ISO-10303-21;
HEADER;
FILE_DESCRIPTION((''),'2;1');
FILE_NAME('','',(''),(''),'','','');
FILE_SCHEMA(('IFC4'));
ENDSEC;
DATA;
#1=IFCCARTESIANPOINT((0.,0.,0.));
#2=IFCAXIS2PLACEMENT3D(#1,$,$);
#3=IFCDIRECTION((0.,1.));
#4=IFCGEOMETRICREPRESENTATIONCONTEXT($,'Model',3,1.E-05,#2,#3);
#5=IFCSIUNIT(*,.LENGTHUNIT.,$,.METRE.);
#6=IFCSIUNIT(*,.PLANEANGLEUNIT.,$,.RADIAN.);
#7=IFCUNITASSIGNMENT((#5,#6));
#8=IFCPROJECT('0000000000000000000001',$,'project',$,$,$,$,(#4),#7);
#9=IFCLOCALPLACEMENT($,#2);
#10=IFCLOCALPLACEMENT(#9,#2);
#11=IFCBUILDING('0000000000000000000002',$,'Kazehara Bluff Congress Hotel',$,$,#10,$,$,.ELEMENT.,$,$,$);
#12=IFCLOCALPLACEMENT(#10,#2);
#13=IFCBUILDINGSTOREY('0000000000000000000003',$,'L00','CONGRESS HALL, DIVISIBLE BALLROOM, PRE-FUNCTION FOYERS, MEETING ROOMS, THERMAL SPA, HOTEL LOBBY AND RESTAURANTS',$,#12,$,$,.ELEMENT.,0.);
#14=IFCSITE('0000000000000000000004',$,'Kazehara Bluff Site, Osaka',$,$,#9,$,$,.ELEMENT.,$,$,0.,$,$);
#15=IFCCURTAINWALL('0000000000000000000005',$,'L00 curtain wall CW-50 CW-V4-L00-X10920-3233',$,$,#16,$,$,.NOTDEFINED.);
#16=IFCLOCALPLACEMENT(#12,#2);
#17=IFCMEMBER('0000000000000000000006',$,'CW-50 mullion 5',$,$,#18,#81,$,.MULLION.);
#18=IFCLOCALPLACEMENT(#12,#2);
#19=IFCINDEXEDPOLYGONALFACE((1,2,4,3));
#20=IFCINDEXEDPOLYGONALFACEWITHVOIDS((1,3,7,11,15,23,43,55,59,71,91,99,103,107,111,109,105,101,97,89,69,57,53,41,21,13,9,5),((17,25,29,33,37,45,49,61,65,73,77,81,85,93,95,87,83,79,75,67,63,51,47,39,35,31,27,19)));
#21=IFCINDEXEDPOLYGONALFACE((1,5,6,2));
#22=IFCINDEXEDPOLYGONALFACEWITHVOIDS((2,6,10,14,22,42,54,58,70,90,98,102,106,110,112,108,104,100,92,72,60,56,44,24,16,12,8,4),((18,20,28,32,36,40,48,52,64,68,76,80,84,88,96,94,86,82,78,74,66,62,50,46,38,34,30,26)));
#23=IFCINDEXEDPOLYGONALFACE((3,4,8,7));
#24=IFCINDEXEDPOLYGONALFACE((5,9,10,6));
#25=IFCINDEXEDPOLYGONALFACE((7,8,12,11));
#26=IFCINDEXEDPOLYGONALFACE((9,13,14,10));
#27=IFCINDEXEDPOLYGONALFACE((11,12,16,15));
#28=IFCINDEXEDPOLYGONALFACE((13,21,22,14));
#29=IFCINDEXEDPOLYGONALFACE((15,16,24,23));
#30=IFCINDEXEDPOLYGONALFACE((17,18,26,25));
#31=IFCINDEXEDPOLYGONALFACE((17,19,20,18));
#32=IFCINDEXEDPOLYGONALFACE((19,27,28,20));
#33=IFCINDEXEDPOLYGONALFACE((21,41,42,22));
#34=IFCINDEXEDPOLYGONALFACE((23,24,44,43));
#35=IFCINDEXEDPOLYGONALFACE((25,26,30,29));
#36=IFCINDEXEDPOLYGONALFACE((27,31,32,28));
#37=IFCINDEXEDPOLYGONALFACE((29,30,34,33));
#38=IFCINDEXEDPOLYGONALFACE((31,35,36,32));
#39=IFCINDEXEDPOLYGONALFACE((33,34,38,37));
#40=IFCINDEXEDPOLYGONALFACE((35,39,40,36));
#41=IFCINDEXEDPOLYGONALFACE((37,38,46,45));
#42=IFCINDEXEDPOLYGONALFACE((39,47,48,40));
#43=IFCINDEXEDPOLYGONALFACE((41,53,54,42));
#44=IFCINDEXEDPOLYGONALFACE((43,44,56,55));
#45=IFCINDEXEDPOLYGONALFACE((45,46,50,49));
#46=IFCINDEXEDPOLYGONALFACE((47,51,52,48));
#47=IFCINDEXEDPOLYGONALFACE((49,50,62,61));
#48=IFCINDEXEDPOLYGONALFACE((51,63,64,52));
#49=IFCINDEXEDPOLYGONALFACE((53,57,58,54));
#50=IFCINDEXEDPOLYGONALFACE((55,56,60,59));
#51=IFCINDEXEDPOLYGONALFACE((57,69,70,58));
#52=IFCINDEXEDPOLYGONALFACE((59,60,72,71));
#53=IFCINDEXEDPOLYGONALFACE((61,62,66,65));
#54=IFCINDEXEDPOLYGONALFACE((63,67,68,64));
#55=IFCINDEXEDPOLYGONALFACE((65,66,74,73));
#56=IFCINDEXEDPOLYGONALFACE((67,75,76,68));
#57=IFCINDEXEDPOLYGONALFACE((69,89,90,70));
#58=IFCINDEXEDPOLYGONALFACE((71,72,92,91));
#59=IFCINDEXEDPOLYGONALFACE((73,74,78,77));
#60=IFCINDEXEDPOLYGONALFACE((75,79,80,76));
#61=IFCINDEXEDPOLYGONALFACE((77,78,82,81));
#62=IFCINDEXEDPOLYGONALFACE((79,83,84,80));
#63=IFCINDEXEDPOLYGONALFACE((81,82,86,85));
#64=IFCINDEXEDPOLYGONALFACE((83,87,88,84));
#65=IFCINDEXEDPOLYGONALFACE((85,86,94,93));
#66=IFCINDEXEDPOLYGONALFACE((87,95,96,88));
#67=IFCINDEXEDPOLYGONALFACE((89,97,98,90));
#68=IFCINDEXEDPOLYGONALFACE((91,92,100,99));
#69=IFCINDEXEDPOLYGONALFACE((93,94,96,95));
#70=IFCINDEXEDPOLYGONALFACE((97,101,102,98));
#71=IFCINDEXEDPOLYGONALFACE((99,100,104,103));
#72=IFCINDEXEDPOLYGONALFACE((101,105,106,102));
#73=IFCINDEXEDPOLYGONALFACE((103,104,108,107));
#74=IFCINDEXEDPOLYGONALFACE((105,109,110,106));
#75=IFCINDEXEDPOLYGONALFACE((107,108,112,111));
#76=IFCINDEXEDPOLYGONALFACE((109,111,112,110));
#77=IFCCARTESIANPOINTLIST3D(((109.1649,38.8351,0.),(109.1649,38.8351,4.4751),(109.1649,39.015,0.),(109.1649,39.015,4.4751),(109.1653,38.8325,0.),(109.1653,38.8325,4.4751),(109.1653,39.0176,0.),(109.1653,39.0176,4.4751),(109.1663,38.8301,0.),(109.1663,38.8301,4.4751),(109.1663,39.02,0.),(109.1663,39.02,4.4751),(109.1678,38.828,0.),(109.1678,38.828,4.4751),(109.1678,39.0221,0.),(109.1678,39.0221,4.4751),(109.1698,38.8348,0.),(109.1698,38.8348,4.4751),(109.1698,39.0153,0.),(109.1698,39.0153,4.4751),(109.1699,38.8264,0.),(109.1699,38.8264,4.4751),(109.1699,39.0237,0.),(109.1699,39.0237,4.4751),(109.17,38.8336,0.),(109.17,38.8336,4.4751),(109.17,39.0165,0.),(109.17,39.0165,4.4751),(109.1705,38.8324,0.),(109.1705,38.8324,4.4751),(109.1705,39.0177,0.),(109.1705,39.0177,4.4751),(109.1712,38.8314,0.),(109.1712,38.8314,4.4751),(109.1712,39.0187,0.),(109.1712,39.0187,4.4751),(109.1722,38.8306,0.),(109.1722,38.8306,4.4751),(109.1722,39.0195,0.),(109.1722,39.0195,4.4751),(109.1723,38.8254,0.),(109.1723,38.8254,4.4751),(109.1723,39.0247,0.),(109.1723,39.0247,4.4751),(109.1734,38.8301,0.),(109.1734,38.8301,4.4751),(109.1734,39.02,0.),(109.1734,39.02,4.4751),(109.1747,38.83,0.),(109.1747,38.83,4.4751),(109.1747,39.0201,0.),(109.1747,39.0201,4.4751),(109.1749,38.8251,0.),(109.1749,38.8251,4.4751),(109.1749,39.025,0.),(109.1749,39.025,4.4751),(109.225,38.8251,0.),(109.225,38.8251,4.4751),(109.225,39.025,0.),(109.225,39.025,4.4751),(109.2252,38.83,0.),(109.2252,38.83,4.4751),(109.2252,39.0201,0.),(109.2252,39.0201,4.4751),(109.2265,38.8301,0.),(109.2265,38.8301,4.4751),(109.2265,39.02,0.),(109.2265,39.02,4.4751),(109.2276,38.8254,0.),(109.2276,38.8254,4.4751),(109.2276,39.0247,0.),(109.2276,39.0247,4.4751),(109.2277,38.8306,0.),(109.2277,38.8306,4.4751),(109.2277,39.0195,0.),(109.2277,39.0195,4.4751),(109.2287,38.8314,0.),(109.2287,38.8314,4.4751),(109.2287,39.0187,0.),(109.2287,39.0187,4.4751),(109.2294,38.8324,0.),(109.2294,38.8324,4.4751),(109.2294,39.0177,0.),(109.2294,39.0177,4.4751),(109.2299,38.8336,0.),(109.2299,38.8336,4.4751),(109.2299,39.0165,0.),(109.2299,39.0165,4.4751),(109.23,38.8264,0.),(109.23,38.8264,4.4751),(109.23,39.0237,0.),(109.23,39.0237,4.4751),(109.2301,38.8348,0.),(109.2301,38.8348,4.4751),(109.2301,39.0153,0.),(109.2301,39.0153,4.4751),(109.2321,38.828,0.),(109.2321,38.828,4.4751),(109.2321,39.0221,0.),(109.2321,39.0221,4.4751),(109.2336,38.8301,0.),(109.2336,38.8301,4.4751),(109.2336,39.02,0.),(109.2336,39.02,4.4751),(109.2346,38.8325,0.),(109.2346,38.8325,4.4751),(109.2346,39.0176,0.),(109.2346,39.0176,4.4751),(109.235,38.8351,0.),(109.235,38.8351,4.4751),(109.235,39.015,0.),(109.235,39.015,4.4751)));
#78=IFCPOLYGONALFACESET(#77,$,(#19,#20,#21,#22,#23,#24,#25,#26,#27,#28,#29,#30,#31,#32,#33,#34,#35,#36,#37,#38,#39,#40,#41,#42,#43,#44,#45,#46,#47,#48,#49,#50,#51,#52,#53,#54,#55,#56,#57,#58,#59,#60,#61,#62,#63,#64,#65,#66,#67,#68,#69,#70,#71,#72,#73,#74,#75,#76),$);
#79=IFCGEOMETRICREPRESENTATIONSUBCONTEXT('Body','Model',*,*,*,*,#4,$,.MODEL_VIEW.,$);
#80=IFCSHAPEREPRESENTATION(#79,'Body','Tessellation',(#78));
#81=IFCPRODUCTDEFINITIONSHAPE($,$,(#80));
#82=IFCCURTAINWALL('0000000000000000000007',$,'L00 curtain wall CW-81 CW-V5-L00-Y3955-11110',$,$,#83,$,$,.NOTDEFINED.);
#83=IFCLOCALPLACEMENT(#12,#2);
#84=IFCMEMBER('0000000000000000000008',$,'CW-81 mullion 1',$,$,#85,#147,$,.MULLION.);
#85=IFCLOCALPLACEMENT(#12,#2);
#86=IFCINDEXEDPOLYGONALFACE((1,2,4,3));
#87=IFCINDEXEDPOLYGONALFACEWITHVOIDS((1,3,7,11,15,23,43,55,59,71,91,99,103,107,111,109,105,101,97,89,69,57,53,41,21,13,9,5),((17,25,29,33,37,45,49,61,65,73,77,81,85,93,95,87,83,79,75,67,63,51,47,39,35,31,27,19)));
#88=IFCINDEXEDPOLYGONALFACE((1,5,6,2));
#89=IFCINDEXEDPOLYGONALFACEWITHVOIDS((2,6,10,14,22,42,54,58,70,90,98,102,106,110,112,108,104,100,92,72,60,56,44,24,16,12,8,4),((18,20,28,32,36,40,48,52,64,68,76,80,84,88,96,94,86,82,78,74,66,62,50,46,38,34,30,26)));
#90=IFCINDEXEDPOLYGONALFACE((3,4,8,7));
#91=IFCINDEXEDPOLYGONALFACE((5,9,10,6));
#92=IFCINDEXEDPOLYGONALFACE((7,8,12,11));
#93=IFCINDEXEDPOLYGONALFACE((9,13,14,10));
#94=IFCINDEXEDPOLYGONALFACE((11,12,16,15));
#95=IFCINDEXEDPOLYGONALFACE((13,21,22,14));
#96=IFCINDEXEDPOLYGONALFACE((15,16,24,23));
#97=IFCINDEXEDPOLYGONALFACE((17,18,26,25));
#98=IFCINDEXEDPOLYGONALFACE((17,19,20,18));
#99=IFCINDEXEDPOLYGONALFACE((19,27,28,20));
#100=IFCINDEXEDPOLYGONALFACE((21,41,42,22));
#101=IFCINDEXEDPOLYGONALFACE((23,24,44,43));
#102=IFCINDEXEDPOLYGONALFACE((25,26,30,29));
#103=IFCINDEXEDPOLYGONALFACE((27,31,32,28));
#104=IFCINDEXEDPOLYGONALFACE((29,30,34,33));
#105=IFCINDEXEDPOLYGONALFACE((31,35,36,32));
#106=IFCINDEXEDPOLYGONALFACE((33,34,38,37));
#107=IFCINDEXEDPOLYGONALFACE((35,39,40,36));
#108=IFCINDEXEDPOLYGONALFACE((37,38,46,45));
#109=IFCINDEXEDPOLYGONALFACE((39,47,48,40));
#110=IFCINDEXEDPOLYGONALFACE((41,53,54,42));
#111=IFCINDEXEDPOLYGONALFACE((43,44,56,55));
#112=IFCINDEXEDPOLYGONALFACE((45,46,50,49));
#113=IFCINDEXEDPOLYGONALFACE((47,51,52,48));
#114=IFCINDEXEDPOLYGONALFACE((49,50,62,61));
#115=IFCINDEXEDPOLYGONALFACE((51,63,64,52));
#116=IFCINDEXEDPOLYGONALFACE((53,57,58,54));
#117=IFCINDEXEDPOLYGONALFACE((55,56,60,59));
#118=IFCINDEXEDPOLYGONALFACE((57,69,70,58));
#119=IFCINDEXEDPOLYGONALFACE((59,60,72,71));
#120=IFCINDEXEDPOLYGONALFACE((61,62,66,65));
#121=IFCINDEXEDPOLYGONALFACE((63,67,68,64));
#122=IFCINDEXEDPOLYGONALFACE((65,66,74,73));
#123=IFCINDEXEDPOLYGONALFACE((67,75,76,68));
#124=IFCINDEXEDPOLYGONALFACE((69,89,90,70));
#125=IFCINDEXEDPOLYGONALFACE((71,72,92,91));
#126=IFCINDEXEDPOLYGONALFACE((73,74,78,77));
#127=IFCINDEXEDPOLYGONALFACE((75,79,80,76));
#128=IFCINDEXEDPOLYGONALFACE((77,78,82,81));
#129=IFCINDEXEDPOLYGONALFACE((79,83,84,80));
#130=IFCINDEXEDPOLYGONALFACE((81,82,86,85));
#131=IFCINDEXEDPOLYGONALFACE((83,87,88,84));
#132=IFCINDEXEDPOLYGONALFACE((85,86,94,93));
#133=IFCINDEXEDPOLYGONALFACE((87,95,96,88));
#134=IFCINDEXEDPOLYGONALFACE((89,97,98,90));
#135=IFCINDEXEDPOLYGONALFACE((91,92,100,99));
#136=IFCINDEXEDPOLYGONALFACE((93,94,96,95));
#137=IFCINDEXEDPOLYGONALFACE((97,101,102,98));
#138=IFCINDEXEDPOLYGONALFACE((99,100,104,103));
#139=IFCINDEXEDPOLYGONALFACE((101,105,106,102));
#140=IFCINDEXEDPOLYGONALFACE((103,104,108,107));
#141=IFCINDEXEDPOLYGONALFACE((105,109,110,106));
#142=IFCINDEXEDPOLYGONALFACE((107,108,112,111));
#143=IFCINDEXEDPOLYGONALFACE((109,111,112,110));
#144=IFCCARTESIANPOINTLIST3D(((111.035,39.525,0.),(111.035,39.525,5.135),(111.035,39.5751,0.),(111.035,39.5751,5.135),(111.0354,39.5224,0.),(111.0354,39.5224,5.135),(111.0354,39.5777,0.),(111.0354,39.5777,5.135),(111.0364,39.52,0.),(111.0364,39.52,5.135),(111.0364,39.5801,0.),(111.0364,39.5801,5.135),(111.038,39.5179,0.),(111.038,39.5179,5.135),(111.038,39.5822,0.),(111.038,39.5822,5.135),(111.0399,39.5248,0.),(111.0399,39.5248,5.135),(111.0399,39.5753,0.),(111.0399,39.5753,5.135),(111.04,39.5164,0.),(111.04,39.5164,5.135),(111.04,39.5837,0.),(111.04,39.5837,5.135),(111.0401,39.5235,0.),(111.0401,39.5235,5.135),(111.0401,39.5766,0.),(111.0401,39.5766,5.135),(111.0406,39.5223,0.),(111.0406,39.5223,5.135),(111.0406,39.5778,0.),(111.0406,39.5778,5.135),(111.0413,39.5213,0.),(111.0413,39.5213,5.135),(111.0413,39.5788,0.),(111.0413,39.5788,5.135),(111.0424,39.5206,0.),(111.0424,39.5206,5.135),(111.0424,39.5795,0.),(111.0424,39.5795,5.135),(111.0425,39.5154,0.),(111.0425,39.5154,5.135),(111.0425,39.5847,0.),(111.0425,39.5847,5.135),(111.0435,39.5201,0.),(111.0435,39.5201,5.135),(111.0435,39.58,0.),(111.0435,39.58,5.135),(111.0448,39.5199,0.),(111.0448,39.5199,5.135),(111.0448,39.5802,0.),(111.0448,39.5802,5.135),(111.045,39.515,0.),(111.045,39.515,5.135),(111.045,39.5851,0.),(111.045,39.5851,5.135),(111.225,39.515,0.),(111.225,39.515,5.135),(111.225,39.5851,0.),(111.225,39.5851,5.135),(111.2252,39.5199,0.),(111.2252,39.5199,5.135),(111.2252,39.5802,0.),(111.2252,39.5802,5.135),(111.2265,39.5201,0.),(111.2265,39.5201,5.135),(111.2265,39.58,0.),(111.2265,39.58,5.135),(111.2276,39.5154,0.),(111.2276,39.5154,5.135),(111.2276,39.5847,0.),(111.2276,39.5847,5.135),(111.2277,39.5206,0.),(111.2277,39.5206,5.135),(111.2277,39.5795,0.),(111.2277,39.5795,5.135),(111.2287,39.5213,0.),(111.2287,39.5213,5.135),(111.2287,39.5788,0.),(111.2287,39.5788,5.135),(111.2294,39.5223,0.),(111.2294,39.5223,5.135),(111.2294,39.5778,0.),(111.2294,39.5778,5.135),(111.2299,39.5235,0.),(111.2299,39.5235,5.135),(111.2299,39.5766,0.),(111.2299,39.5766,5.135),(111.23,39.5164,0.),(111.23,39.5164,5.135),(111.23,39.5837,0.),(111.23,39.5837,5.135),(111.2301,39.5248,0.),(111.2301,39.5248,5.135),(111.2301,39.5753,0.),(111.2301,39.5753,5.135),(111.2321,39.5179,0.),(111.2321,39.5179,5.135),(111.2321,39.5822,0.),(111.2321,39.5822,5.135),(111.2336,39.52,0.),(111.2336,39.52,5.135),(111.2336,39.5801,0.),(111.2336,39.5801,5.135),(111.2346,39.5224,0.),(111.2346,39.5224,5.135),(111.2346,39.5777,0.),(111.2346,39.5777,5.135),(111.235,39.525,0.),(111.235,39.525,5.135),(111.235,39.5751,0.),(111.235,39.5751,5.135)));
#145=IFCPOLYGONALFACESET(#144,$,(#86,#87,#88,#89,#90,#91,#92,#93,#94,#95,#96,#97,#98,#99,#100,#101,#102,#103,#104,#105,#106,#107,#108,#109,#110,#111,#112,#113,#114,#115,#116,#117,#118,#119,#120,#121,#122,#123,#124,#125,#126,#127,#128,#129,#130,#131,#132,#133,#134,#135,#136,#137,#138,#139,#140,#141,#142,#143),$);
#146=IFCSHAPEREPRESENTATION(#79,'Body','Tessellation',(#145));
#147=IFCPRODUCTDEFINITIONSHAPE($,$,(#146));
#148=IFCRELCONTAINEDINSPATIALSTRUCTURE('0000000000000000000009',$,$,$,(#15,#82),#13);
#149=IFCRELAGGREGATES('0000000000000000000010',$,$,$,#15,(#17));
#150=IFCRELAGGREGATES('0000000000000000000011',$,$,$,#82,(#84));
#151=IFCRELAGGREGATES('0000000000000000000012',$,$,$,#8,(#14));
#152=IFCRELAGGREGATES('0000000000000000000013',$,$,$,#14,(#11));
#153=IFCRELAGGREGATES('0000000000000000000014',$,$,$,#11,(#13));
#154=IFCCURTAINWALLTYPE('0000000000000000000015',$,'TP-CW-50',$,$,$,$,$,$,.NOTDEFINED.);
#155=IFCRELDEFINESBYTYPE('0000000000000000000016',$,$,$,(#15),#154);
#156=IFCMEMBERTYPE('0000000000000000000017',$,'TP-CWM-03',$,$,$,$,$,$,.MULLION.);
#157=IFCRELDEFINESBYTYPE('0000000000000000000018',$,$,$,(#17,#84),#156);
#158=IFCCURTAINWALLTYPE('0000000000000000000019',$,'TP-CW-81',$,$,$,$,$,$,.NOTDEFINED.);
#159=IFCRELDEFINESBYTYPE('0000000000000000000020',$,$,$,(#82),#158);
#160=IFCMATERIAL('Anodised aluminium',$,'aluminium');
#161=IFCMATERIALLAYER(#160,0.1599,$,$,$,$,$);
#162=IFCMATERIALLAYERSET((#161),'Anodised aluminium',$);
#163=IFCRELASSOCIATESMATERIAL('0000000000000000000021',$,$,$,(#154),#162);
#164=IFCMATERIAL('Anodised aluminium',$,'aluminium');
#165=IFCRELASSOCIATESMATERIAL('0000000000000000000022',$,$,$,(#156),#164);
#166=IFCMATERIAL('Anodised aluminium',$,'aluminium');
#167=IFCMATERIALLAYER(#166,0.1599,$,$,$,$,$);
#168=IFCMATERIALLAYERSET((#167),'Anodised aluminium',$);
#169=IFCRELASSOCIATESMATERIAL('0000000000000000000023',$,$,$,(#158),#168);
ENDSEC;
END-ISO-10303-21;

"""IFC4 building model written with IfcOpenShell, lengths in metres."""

from ifc_helpers import new_model, si_unit, direction, frame, origin, origin_2d, place, context, subcontext, project, spatial, hollow_rectangle, extrude, material, layer, layer_set, material_profile, profile_set, type_object, element, aggregate, save


model = new_model("IFC4")

# Units and contexts
model_context = context("Model", 3, precision=1e-05, world=origin(), true_north=direction((0.0, 1.0)))
body_context = subcontext(model_context, "Body", "Model", "MODEL_VIEW")
ifc_project = project(units=[si_unit("LENGTHUNIT", "METRE"), si_unit("PLANEANGLEUNIT", "RADIAN")], contexts=[model_context])

# Site, building, storey
site_placement = place(None, origin())
site = spatial("IfcSite", under=ifc_project, at=site_placement, Name="Kazehara Bluff Site, Osaka", CompositionType="ELEMENT", RefElevation=0.0)
building_placement = place(site_placement, origin())
building = spatial("IfcBuilding", under=site, at=building_placement, Name="Kazehara Bluff Congress Hotel", CompositionType="ELEMENT")
storey_placement = place(building_placement, origin())
storey = spatial("IfcBuildingStorey", under=building, at=storey_placement, Name="L00", Description="CONGRESS HALL, DIVISIBLE BALLROOM, PRE-FUNCTION FOYERS, MEETING ROOMS, THERMAL SPA, HOTEL LOBBY AND RESTAURANTS", CompositionType="ELEMENT", Elevation=0.0)

# Curtain wall, member
ifc_material_1 = material(Name="Anodised aluminium", Category="aluminium")
ifc_layer_1 = layer(ifc_material_1, 0.1599)
ifc_layer_set_1 = layer_set([ifc_layer_1], Name="Anodised aluminium")
curtain_wall_type_1 = type_object("IfcCurtainWallType", Name="TP-CW-50", PredefinedType="NOTDEFINED", material=ifc_layer_set_1)
curtain_wall_1_placement = place(storey_placement, origin())
curtain_wall_1 = element("IfcCurtainWall", 1, at=curtain_wall_1_placement, inside=storey, type_object=curtain_wall_type_1, Name="L00 curtain wall CW-50 CW-V4-L00-X10920-3233", PredefinedType="NOTDEFINED")
ifc_material_2 = material(Name="Anodised aluminium", Category="aluminium")
ifc_material_profile_1 = material_profile(ifc_material_2, hollow_rectangle(XDim=0.0701, YDim=0.2, WallThickness=0.0049, InnerFilletRadius=0.0049, OuterFilletRadius=0.01, at=origin_2d()))
ifc_profile_set_1 = profile_set([ifc_material_profile_1], Name="Anodised aluminium")
member_type_1 = type_object("IfcMemberType", Name="TP-CWM-03", PredefinedType="MULLION", material=ifc_profile_set_1)
member_1_placement = place(storey_placement, frame((109.2, 38.925, 0.0), z_axis=(0.0, 0.0, 1.0), x_axis=(-1.0, 0.0, 0.0)))
member_1 = element("IfcMember", 2, at=member_1_placement, type_object=member_type_1, Name="CW-50 mullion 5", PredefinedType="MULLION", context=body_context, shape_type="SweptSolid", body=[
    extrude(hollow_rectangle(XDim=0.0701, YDim=0.2, WallThickness=0.0049, InnerFilletRadius=0.0049, OuterFilletRadius=0.01, at=origin_2d()), origin(), (0.0, 0.0, 1.0), 4.4751),
])

# Curtain wall, member
ifc_material_3 = material(Name="Anodised aluminium", Category="aluminium")
ifc_layer_2 = layer(ifc_material_3, 0.1599)
ifc_layer_set_2 = layer_set([ifc_layer_2], Name="Anodised aluminium")
curtain_wall_type_2 = type_object("IfcCurtainWallType", Name="TP-CW-81", PredefinedType="NOTDEFINED", material=ifc_layer_set_2)
curtain_wall_2_placement = place(storey_placement, origin())
curtain_wall_2 = element("IfcCurtainWall", 3, at=curtain_wall_2_placement, inside=storey, type_object=curtain_wall_type_2, Name="L00 curtain wall CW-81 CW-V5-L00-Y3955-11110", PredefinedType="NOTDEFINED")
member_2_placement = place(storey_placement, frame((111.135, 39.55, 0.0), z_axis=(0.0, 0.0, 1.0), x_axis=(0.0, 1.0, 0.0)))
member_2 = element("IfcMember", 4, at=member_2_placement, type_object=member_type_1, Name="CW-81 mullion 1", PredefinedType="MULLION", context=body_context, shape_type="SweptSolid", body=[
    extrude(hollow_rectangle(XDim=0.0701, YDim=0.2, WallThickness=0.0049, InnerFilletRadius=0.0049, OuterFilletRadius=0.01, at=origin_2d()), origin(), (0.0, 0.0, 1.0), 5.135),
])

aggregate(curtain_wall_1, [member_1])
aggregate(curtain_wall_2, [member_2])

save(model, "model.ifc")
